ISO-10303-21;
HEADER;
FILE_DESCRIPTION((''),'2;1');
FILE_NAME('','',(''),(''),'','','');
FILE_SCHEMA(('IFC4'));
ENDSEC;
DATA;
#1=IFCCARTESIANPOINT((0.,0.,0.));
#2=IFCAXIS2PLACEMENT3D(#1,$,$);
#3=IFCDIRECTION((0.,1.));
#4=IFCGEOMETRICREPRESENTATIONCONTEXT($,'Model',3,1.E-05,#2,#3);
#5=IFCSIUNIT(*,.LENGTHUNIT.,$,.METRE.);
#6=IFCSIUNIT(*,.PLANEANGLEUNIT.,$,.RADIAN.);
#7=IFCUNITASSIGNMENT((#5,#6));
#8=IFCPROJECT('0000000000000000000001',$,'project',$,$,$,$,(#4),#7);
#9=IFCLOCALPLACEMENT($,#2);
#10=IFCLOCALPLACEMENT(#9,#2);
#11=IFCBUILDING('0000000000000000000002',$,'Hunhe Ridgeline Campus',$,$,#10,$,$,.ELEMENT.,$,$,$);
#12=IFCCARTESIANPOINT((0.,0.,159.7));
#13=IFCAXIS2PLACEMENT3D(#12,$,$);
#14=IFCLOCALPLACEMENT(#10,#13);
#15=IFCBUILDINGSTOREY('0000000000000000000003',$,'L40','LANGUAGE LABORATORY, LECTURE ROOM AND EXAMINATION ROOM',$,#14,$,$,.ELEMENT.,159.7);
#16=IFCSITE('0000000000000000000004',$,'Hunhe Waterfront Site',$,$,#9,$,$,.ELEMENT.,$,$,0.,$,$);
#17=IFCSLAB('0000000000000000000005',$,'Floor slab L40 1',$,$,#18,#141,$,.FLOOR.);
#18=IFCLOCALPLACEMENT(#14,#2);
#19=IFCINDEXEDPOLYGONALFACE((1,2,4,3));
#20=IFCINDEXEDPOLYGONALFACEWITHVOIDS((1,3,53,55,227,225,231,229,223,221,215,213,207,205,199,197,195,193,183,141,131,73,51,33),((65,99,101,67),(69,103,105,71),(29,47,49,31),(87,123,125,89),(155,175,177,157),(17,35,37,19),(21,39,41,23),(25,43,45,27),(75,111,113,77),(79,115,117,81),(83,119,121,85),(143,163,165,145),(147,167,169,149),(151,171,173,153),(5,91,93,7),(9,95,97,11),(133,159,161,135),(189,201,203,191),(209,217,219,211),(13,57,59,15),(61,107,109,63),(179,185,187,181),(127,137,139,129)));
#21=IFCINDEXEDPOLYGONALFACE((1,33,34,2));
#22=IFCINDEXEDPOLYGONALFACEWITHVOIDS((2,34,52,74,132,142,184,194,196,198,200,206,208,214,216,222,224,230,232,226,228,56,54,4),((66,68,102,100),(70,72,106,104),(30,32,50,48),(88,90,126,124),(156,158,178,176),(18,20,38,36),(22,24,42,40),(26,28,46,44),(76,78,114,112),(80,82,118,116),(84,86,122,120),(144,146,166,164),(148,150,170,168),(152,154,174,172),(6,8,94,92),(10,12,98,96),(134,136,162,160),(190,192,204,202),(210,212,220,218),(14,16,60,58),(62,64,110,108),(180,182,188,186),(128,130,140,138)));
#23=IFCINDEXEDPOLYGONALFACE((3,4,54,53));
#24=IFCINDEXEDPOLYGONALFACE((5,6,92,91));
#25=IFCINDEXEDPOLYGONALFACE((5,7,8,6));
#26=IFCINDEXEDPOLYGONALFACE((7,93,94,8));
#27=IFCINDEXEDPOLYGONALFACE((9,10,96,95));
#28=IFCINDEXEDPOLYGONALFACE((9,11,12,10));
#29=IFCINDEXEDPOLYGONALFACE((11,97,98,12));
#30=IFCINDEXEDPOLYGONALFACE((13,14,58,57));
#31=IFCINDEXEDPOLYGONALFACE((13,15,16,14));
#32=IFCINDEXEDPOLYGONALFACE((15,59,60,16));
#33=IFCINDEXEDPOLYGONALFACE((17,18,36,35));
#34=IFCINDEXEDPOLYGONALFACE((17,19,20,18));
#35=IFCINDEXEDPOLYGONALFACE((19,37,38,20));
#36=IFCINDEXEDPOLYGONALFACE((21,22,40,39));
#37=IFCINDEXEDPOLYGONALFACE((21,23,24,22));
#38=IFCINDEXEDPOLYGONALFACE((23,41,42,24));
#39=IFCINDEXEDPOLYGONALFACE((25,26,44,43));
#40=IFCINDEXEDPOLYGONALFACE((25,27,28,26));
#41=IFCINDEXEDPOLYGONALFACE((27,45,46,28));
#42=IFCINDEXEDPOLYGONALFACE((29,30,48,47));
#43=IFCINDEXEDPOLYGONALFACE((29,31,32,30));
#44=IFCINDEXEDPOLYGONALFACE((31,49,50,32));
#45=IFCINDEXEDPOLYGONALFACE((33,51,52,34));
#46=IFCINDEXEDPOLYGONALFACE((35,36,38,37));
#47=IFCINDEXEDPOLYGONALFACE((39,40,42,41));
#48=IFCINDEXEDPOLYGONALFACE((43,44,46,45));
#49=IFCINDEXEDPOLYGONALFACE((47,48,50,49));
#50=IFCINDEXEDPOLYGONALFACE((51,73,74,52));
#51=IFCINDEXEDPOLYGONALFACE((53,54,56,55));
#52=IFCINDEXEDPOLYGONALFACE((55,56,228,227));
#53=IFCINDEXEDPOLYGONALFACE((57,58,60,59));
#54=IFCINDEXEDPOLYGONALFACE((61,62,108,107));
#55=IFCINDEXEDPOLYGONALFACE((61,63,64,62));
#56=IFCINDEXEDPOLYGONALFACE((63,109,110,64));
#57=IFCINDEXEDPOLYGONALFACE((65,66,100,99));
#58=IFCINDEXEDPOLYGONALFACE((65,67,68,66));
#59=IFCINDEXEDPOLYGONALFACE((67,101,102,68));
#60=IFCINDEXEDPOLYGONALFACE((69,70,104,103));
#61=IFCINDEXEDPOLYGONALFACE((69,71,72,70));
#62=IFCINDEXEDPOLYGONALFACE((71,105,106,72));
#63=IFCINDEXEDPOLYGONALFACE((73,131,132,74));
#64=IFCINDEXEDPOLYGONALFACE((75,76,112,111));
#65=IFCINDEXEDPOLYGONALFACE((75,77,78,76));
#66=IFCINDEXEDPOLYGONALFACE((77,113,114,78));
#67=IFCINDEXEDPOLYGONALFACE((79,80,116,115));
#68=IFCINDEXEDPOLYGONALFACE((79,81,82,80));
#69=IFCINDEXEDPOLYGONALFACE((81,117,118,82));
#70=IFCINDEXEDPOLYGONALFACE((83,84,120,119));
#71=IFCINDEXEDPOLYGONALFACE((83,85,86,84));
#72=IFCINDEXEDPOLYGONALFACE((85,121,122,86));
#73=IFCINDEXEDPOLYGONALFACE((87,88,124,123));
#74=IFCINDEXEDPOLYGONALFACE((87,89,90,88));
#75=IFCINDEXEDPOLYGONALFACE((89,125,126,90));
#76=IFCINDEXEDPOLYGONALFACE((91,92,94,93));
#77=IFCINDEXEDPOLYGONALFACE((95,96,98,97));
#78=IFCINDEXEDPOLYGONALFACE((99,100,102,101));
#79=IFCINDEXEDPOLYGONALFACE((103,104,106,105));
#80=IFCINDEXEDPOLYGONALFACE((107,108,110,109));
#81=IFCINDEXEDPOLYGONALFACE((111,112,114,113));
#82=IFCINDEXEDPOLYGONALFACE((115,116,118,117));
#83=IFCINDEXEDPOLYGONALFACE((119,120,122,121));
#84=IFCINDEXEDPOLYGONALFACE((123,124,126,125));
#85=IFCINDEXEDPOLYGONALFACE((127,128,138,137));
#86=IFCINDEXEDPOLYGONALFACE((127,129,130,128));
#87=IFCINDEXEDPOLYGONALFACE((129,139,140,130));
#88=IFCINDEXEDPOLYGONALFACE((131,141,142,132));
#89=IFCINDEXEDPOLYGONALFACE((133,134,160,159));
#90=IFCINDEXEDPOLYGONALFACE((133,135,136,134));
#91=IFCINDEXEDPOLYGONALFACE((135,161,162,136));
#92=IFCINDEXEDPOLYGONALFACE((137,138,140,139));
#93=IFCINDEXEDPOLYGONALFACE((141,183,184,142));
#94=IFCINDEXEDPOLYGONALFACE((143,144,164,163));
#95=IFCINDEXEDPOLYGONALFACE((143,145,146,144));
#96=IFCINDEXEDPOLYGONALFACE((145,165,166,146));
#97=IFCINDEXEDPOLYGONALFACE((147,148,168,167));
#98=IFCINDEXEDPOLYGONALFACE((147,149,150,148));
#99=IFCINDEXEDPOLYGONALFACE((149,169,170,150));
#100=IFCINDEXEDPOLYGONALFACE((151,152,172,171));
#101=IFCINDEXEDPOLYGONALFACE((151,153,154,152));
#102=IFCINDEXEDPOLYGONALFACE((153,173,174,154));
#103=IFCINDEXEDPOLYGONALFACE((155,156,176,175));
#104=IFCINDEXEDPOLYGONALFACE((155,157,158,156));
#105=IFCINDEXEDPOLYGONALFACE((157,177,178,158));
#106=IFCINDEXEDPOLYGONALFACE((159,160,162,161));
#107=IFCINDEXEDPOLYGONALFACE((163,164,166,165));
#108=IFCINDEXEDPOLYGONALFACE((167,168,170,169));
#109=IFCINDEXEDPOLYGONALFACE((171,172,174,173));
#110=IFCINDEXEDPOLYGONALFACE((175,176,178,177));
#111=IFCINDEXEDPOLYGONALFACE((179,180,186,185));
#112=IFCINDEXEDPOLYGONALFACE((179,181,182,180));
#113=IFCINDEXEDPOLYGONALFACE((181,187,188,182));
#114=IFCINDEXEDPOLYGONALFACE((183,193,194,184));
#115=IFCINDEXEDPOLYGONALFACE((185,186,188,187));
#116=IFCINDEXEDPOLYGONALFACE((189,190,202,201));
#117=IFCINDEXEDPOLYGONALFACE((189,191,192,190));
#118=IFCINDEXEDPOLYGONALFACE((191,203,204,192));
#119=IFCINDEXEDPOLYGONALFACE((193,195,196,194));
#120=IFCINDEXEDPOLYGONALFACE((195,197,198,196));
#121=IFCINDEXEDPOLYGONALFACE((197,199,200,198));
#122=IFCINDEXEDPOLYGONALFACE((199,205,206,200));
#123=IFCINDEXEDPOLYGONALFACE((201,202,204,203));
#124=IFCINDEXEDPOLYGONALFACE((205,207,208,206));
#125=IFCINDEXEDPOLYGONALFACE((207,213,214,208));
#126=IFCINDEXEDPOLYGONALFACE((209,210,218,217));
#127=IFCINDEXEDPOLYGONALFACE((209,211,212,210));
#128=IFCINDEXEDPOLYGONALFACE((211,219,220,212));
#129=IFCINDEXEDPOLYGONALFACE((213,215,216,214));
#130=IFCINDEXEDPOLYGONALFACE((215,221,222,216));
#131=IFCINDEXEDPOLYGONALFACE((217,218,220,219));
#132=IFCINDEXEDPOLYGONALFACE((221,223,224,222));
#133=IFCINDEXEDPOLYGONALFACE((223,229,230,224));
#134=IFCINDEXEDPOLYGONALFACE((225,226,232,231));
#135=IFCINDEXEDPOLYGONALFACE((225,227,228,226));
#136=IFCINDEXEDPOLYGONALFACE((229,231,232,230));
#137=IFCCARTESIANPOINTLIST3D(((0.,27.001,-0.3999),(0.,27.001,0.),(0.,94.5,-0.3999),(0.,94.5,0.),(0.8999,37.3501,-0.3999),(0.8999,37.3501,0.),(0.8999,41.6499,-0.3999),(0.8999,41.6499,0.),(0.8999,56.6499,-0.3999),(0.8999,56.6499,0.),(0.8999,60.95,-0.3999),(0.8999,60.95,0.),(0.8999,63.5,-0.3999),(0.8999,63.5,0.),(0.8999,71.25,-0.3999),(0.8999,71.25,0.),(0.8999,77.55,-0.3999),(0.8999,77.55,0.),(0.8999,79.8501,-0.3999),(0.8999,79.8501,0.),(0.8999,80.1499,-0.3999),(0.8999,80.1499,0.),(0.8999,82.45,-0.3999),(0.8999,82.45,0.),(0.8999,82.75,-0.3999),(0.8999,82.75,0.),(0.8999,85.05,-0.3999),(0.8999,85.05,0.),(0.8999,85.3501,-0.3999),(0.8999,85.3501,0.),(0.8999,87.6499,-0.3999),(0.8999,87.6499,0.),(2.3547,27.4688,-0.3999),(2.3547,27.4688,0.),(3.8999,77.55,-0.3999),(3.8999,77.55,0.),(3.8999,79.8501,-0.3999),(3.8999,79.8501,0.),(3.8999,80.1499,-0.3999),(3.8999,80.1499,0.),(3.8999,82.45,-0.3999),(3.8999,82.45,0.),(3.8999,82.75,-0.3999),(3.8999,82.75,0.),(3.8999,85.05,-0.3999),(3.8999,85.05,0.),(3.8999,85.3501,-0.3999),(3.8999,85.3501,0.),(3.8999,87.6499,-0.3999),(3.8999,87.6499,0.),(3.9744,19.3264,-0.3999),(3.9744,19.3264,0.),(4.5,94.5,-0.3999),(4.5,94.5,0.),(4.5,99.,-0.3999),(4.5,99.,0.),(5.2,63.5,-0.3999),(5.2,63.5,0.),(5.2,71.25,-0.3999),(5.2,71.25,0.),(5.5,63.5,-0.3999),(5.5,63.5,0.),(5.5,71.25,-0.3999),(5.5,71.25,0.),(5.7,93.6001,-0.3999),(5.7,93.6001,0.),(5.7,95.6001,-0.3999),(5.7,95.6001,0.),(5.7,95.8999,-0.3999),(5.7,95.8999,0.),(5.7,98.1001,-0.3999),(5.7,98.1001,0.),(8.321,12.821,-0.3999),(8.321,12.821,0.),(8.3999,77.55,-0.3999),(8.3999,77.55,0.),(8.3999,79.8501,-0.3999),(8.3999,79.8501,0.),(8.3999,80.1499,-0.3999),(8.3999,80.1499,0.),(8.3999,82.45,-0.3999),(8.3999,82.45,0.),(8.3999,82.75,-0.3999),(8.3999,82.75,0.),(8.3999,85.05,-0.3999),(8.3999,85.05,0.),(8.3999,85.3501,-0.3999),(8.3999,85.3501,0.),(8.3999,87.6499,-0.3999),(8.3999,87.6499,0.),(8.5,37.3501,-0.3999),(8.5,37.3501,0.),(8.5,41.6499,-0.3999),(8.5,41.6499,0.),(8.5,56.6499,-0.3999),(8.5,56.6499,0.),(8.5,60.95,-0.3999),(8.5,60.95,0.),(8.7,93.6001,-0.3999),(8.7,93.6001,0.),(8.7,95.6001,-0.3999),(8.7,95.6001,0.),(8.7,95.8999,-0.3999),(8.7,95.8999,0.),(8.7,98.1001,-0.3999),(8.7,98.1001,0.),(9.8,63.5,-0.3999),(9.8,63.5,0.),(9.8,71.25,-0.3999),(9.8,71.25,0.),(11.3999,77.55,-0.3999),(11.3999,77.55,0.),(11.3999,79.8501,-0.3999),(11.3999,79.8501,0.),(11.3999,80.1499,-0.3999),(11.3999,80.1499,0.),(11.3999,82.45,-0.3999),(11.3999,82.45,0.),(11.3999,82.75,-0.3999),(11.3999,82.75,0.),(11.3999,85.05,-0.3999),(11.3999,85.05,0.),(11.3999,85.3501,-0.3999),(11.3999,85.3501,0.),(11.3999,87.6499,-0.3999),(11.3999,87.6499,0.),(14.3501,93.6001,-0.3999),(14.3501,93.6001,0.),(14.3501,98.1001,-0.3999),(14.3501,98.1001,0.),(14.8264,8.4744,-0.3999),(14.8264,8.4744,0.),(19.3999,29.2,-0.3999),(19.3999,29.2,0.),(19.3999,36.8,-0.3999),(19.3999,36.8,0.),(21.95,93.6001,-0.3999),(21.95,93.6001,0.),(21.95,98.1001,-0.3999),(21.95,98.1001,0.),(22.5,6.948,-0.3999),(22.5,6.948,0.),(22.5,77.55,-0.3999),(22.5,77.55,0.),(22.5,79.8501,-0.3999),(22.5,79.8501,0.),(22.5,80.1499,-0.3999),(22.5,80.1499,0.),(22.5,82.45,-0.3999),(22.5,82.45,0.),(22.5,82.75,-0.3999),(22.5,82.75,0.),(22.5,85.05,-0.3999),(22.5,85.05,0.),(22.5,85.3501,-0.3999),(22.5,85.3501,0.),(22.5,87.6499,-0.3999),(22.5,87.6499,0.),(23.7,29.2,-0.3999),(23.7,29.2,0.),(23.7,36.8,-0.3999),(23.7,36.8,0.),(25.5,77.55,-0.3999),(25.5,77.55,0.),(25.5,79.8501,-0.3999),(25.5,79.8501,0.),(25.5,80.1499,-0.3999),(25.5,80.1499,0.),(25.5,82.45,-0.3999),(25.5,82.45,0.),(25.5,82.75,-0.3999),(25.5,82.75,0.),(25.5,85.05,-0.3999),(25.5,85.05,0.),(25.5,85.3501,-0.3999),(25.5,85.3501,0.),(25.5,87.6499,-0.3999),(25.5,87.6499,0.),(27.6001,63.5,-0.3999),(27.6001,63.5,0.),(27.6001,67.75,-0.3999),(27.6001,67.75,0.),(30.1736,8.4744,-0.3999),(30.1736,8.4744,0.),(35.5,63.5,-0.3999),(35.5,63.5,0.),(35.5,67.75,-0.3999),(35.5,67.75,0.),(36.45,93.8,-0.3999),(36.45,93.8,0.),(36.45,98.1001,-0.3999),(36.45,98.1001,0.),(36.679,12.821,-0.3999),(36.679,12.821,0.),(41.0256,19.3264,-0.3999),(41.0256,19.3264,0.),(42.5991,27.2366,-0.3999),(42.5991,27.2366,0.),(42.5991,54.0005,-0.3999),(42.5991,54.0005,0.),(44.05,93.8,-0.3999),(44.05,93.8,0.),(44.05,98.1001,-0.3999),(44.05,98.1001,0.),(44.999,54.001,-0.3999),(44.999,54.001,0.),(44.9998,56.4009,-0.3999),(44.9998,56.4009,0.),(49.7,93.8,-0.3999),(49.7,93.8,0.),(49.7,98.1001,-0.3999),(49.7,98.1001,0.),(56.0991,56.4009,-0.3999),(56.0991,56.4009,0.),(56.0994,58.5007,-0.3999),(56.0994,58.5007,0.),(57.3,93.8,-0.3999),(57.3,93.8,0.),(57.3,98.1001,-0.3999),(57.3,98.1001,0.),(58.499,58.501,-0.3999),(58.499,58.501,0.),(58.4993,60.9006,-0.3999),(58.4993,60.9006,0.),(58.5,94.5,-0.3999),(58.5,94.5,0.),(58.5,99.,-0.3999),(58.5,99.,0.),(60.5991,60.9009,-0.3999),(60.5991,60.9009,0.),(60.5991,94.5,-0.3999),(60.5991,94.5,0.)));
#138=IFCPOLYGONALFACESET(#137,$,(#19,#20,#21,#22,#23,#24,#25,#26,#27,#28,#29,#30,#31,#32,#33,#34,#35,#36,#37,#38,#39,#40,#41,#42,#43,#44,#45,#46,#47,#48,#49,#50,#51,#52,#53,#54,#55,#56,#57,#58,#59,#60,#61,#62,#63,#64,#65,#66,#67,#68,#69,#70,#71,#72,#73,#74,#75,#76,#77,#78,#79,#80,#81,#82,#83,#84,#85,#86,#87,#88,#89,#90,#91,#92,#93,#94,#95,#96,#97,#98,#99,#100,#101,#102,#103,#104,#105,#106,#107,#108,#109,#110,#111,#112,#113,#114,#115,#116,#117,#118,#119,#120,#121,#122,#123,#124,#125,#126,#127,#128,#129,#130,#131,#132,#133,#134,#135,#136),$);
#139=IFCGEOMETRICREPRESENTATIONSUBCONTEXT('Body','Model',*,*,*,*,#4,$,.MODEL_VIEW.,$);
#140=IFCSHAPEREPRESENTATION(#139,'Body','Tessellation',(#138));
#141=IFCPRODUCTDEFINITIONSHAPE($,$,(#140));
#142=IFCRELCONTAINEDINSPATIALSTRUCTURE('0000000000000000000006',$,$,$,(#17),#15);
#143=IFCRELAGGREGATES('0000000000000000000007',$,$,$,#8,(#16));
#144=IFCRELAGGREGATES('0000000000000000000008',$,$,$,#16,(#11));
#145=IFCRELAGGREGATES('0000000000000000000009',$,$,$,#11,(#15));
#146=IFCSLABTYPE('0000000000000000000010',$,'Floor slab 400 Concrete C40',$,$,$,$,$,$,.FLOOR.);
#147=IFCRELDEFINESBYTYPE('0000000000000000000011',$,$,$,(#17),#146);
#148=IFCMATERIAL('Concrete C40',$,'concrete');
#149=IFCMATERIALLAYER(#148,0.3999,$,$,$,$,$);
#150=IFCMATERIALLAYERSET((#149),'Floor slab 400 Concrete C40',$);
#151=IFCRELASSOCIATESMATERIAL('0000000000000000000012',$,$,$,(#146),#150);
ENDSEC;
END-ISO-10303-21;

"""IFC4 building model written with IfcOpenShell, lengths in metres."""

from ifc_helpers import new_model, si_unit, direction, frame, origin, place, context, subcontext, project, spatial, polyline, outline, extrude, material, layer, layer_set, type_object, element, save


model = new_model("IFC4")

# Units and contexts
model_context = context("Model", 3, precision=1e-05, world=origin(), true_north=direction((0.0, 1.0)))
body_context = subcontext(model_context, "Body", "Model", "MODEL_VIEW")
ifc_project = project(units=[si_unit("LENGTHUNIT", "METRE"), si_unit("PLANEANGLEUNIT", "RADIAN")], contexts=[model_context])

# Site, building, storey
site_placement = place(None, origin())
site = spatial("IfcSite", under=ifc_project, at=site_placement, Name="Hunhe Waterfront Site", CompositionType="ELEMENT", RefElevation=0.0)
building_placement = place(site_placement, origin())
building = spatial("IfcBuilding", under=site, at=building_placement, Name="Hunhe Ridgeline Campus", CompositionType="ELEMENT")
storey_placement = place(building_placement, frame((0.0, 0.0, 159.7)))
storey = spatial("IfcBuildingStorey", under=building, at=storey_placement, Name="L40", Description="LANGUAGE LABORATORY, LECTURE ROOM AND EXAMINATION ROOM", CompositionType="ELEMENT", Elevation=159.7)

# Slab
ifc_material_1 = material(Name="Concrete C40", Category="concrete")
ifc_layer_1 = layer(ifc_material_1, 0.3999)
ifc_layer_set_1 = layer_set([ifc_layer_1], Name="Floor slab 400 Concrete C40")
slab_type_1 = type_object("IfcSlabType", Name="Floor slab 400 Concrete C40", PredefinedType="FLOOR", material=ifc_layer_set_1)
slab_1_placement = place(storey_placement, frame((0.0, 0.0, -0.3999)))
element("IfcSlab", 1, at=slab_1_placement, inside=storey, type_object=slab_type_1, Name="Floor slab L40 1", PredefinedType="FLOOR", context=body_context, shape_type="SweptSolid", body=[
    extrude(outline(polyline([(2.3547, 27.4688), (3.9744, 19.3264), (8.321, 12.821), (14.8264, 8.4744), (22.5, 6.948), (30.1736, 8.4744), (36.679, 12.821), (41.0256, 19.3264), (42.5991, 27.2366), (42.5991, 54.0005), (44.999, 54.001), (44.9998, 56.4009), (56.0991, 56.4009), (56.0994, 58.5007), (58.499, 58.501), (58.4993, 60.9006), (60.5991, 60.9009), (60.5991, 94.5), (58.5, 94.5), (58.5, 99.0), (4.5, 99.0), (4.5, 94.5), (0.0, 94.5), (0.0, 27.001), (2.3547, 27.4688)]), holes=[polyline([(49.7, 93.8), (57.3, 93.8), (57.3, 98.1001), (49.7, 98.1001), (49.7, 93.8)]), polyline([(44.05, 93.8), (44.05, 98.1001), (36.45, 98.1001), (36.45, 93.8), (44.05, 93.8)]), polyline([(35.5, 67.75), (27.6001, 67.75), (27.6001, 63.5), (35.5, 63.5), (35.5, 67.75)]), polyline([(25.5, 82.75), (25.5, 85.05), (22.5, 85.05), (22.5, 82.75), (25.5, 82.75)]), polyline([(25.5, 82.45), (22.5, 82.45), (22.5, 80.1499), (25.5, 80.1499), (25.5, 82.45)]), polyline([(22.5, 85.3501), (25.5, 85.3501), (25.5, 87.6499), (22.5, 87.6499), (22.5, 85.3501)]), polyline([(22.5, 79.8501), (22.5, 77.55), (25.5, 77.55), (25.5, 79.8501), (22.5, 79.8501)]), polyline([(19.3999, 29.2), (23.7, 29.2), (23.7, 36.8), (19.3999, 36.8), (19.3999, 29.2)]), polyline([(21.95, 93.6001), (21.95, 98.1001), (14.3501, 98.1001), (14.3501, 93.6001), (21.95, 93.6001)]), polyline([(8.3999, 79.8501), (8.3999, 77.55), (11.3999, 77.55), (11.3999, 79.8501), (8.3999, 79.8501)]), polyline([(8.3999, 85.3501), (11.3999, 85.3501), (11.3999, 87.6499), (8.3999, 87.6499), (8.3999, 85.3501)]), polyline([(11.3999, 82.45), (8.3999, 82.45), (8.3999, 80.1499), (11.3999, 80.1499), (11.3999, 82.45)]), polyline([(11.3999, 82.75), (11.3999, 85.05), (8.3999, 85.05), (8.3999, 82.75), (11.3999, 82.75)]), polyline([(5.5, 71.25), (5.5, 63.5), (9.8, 63.5), (9.8, 71.25), (5.5, 71.25)]), polyline([(8.7, 98.1001), (5.7, 98.1001), (5.7, 95.8999), (8.7, 95.8999), (8.7, 98.1001)]), polyline([(5.7, 95.6001), (5.7, 93.6001), (8.7, 93.6001), (8.7, 95.6001), (5.7, 95.6001)]), polyline([(0.8999, 60.95), (0.8999, 56.6499), (8.5, 56.6499), (8.5, 60.95), (0.8999, 60.95)]), polyline([(0.8999, 37.3501), (8.5, 37.3501), (8.5, 41.6499), (0.8999, 41.6499), (0.8999, 37.3501)]), polyline([(0.8999, 63.5), (5.2, 63.5), (5.2, 71.25), (0.8999, 71.25), (0.8999, 63.5)]), polyline([(3.8999, 82.75), (3.8999, 85.05), (0.8999, 85.05), (0.8999, 82.75), (3.8999, 82.75)]), polyline([(3.8999, 82.45), (0.8999, 82.45), (0.8999, 80.1499), (3.8999, 80.1499), (3.8999, 82.45)]), polyline([(0.8999, 85.3501), (3.8999, 85.3501), (3.8999, 87.6499), (0.8999, 87.6499), (0.8999, 85.3501)]), polyline([(0.8999, 79.8501), (0.8999, 77.55), (3.8999, 77.55), (3.8999, 79.8501), (0.8999, 79.8501)])]), origin(), (0.0, 0.0, 1.0), 0.3999),
])

save(model, "model.ifc")
